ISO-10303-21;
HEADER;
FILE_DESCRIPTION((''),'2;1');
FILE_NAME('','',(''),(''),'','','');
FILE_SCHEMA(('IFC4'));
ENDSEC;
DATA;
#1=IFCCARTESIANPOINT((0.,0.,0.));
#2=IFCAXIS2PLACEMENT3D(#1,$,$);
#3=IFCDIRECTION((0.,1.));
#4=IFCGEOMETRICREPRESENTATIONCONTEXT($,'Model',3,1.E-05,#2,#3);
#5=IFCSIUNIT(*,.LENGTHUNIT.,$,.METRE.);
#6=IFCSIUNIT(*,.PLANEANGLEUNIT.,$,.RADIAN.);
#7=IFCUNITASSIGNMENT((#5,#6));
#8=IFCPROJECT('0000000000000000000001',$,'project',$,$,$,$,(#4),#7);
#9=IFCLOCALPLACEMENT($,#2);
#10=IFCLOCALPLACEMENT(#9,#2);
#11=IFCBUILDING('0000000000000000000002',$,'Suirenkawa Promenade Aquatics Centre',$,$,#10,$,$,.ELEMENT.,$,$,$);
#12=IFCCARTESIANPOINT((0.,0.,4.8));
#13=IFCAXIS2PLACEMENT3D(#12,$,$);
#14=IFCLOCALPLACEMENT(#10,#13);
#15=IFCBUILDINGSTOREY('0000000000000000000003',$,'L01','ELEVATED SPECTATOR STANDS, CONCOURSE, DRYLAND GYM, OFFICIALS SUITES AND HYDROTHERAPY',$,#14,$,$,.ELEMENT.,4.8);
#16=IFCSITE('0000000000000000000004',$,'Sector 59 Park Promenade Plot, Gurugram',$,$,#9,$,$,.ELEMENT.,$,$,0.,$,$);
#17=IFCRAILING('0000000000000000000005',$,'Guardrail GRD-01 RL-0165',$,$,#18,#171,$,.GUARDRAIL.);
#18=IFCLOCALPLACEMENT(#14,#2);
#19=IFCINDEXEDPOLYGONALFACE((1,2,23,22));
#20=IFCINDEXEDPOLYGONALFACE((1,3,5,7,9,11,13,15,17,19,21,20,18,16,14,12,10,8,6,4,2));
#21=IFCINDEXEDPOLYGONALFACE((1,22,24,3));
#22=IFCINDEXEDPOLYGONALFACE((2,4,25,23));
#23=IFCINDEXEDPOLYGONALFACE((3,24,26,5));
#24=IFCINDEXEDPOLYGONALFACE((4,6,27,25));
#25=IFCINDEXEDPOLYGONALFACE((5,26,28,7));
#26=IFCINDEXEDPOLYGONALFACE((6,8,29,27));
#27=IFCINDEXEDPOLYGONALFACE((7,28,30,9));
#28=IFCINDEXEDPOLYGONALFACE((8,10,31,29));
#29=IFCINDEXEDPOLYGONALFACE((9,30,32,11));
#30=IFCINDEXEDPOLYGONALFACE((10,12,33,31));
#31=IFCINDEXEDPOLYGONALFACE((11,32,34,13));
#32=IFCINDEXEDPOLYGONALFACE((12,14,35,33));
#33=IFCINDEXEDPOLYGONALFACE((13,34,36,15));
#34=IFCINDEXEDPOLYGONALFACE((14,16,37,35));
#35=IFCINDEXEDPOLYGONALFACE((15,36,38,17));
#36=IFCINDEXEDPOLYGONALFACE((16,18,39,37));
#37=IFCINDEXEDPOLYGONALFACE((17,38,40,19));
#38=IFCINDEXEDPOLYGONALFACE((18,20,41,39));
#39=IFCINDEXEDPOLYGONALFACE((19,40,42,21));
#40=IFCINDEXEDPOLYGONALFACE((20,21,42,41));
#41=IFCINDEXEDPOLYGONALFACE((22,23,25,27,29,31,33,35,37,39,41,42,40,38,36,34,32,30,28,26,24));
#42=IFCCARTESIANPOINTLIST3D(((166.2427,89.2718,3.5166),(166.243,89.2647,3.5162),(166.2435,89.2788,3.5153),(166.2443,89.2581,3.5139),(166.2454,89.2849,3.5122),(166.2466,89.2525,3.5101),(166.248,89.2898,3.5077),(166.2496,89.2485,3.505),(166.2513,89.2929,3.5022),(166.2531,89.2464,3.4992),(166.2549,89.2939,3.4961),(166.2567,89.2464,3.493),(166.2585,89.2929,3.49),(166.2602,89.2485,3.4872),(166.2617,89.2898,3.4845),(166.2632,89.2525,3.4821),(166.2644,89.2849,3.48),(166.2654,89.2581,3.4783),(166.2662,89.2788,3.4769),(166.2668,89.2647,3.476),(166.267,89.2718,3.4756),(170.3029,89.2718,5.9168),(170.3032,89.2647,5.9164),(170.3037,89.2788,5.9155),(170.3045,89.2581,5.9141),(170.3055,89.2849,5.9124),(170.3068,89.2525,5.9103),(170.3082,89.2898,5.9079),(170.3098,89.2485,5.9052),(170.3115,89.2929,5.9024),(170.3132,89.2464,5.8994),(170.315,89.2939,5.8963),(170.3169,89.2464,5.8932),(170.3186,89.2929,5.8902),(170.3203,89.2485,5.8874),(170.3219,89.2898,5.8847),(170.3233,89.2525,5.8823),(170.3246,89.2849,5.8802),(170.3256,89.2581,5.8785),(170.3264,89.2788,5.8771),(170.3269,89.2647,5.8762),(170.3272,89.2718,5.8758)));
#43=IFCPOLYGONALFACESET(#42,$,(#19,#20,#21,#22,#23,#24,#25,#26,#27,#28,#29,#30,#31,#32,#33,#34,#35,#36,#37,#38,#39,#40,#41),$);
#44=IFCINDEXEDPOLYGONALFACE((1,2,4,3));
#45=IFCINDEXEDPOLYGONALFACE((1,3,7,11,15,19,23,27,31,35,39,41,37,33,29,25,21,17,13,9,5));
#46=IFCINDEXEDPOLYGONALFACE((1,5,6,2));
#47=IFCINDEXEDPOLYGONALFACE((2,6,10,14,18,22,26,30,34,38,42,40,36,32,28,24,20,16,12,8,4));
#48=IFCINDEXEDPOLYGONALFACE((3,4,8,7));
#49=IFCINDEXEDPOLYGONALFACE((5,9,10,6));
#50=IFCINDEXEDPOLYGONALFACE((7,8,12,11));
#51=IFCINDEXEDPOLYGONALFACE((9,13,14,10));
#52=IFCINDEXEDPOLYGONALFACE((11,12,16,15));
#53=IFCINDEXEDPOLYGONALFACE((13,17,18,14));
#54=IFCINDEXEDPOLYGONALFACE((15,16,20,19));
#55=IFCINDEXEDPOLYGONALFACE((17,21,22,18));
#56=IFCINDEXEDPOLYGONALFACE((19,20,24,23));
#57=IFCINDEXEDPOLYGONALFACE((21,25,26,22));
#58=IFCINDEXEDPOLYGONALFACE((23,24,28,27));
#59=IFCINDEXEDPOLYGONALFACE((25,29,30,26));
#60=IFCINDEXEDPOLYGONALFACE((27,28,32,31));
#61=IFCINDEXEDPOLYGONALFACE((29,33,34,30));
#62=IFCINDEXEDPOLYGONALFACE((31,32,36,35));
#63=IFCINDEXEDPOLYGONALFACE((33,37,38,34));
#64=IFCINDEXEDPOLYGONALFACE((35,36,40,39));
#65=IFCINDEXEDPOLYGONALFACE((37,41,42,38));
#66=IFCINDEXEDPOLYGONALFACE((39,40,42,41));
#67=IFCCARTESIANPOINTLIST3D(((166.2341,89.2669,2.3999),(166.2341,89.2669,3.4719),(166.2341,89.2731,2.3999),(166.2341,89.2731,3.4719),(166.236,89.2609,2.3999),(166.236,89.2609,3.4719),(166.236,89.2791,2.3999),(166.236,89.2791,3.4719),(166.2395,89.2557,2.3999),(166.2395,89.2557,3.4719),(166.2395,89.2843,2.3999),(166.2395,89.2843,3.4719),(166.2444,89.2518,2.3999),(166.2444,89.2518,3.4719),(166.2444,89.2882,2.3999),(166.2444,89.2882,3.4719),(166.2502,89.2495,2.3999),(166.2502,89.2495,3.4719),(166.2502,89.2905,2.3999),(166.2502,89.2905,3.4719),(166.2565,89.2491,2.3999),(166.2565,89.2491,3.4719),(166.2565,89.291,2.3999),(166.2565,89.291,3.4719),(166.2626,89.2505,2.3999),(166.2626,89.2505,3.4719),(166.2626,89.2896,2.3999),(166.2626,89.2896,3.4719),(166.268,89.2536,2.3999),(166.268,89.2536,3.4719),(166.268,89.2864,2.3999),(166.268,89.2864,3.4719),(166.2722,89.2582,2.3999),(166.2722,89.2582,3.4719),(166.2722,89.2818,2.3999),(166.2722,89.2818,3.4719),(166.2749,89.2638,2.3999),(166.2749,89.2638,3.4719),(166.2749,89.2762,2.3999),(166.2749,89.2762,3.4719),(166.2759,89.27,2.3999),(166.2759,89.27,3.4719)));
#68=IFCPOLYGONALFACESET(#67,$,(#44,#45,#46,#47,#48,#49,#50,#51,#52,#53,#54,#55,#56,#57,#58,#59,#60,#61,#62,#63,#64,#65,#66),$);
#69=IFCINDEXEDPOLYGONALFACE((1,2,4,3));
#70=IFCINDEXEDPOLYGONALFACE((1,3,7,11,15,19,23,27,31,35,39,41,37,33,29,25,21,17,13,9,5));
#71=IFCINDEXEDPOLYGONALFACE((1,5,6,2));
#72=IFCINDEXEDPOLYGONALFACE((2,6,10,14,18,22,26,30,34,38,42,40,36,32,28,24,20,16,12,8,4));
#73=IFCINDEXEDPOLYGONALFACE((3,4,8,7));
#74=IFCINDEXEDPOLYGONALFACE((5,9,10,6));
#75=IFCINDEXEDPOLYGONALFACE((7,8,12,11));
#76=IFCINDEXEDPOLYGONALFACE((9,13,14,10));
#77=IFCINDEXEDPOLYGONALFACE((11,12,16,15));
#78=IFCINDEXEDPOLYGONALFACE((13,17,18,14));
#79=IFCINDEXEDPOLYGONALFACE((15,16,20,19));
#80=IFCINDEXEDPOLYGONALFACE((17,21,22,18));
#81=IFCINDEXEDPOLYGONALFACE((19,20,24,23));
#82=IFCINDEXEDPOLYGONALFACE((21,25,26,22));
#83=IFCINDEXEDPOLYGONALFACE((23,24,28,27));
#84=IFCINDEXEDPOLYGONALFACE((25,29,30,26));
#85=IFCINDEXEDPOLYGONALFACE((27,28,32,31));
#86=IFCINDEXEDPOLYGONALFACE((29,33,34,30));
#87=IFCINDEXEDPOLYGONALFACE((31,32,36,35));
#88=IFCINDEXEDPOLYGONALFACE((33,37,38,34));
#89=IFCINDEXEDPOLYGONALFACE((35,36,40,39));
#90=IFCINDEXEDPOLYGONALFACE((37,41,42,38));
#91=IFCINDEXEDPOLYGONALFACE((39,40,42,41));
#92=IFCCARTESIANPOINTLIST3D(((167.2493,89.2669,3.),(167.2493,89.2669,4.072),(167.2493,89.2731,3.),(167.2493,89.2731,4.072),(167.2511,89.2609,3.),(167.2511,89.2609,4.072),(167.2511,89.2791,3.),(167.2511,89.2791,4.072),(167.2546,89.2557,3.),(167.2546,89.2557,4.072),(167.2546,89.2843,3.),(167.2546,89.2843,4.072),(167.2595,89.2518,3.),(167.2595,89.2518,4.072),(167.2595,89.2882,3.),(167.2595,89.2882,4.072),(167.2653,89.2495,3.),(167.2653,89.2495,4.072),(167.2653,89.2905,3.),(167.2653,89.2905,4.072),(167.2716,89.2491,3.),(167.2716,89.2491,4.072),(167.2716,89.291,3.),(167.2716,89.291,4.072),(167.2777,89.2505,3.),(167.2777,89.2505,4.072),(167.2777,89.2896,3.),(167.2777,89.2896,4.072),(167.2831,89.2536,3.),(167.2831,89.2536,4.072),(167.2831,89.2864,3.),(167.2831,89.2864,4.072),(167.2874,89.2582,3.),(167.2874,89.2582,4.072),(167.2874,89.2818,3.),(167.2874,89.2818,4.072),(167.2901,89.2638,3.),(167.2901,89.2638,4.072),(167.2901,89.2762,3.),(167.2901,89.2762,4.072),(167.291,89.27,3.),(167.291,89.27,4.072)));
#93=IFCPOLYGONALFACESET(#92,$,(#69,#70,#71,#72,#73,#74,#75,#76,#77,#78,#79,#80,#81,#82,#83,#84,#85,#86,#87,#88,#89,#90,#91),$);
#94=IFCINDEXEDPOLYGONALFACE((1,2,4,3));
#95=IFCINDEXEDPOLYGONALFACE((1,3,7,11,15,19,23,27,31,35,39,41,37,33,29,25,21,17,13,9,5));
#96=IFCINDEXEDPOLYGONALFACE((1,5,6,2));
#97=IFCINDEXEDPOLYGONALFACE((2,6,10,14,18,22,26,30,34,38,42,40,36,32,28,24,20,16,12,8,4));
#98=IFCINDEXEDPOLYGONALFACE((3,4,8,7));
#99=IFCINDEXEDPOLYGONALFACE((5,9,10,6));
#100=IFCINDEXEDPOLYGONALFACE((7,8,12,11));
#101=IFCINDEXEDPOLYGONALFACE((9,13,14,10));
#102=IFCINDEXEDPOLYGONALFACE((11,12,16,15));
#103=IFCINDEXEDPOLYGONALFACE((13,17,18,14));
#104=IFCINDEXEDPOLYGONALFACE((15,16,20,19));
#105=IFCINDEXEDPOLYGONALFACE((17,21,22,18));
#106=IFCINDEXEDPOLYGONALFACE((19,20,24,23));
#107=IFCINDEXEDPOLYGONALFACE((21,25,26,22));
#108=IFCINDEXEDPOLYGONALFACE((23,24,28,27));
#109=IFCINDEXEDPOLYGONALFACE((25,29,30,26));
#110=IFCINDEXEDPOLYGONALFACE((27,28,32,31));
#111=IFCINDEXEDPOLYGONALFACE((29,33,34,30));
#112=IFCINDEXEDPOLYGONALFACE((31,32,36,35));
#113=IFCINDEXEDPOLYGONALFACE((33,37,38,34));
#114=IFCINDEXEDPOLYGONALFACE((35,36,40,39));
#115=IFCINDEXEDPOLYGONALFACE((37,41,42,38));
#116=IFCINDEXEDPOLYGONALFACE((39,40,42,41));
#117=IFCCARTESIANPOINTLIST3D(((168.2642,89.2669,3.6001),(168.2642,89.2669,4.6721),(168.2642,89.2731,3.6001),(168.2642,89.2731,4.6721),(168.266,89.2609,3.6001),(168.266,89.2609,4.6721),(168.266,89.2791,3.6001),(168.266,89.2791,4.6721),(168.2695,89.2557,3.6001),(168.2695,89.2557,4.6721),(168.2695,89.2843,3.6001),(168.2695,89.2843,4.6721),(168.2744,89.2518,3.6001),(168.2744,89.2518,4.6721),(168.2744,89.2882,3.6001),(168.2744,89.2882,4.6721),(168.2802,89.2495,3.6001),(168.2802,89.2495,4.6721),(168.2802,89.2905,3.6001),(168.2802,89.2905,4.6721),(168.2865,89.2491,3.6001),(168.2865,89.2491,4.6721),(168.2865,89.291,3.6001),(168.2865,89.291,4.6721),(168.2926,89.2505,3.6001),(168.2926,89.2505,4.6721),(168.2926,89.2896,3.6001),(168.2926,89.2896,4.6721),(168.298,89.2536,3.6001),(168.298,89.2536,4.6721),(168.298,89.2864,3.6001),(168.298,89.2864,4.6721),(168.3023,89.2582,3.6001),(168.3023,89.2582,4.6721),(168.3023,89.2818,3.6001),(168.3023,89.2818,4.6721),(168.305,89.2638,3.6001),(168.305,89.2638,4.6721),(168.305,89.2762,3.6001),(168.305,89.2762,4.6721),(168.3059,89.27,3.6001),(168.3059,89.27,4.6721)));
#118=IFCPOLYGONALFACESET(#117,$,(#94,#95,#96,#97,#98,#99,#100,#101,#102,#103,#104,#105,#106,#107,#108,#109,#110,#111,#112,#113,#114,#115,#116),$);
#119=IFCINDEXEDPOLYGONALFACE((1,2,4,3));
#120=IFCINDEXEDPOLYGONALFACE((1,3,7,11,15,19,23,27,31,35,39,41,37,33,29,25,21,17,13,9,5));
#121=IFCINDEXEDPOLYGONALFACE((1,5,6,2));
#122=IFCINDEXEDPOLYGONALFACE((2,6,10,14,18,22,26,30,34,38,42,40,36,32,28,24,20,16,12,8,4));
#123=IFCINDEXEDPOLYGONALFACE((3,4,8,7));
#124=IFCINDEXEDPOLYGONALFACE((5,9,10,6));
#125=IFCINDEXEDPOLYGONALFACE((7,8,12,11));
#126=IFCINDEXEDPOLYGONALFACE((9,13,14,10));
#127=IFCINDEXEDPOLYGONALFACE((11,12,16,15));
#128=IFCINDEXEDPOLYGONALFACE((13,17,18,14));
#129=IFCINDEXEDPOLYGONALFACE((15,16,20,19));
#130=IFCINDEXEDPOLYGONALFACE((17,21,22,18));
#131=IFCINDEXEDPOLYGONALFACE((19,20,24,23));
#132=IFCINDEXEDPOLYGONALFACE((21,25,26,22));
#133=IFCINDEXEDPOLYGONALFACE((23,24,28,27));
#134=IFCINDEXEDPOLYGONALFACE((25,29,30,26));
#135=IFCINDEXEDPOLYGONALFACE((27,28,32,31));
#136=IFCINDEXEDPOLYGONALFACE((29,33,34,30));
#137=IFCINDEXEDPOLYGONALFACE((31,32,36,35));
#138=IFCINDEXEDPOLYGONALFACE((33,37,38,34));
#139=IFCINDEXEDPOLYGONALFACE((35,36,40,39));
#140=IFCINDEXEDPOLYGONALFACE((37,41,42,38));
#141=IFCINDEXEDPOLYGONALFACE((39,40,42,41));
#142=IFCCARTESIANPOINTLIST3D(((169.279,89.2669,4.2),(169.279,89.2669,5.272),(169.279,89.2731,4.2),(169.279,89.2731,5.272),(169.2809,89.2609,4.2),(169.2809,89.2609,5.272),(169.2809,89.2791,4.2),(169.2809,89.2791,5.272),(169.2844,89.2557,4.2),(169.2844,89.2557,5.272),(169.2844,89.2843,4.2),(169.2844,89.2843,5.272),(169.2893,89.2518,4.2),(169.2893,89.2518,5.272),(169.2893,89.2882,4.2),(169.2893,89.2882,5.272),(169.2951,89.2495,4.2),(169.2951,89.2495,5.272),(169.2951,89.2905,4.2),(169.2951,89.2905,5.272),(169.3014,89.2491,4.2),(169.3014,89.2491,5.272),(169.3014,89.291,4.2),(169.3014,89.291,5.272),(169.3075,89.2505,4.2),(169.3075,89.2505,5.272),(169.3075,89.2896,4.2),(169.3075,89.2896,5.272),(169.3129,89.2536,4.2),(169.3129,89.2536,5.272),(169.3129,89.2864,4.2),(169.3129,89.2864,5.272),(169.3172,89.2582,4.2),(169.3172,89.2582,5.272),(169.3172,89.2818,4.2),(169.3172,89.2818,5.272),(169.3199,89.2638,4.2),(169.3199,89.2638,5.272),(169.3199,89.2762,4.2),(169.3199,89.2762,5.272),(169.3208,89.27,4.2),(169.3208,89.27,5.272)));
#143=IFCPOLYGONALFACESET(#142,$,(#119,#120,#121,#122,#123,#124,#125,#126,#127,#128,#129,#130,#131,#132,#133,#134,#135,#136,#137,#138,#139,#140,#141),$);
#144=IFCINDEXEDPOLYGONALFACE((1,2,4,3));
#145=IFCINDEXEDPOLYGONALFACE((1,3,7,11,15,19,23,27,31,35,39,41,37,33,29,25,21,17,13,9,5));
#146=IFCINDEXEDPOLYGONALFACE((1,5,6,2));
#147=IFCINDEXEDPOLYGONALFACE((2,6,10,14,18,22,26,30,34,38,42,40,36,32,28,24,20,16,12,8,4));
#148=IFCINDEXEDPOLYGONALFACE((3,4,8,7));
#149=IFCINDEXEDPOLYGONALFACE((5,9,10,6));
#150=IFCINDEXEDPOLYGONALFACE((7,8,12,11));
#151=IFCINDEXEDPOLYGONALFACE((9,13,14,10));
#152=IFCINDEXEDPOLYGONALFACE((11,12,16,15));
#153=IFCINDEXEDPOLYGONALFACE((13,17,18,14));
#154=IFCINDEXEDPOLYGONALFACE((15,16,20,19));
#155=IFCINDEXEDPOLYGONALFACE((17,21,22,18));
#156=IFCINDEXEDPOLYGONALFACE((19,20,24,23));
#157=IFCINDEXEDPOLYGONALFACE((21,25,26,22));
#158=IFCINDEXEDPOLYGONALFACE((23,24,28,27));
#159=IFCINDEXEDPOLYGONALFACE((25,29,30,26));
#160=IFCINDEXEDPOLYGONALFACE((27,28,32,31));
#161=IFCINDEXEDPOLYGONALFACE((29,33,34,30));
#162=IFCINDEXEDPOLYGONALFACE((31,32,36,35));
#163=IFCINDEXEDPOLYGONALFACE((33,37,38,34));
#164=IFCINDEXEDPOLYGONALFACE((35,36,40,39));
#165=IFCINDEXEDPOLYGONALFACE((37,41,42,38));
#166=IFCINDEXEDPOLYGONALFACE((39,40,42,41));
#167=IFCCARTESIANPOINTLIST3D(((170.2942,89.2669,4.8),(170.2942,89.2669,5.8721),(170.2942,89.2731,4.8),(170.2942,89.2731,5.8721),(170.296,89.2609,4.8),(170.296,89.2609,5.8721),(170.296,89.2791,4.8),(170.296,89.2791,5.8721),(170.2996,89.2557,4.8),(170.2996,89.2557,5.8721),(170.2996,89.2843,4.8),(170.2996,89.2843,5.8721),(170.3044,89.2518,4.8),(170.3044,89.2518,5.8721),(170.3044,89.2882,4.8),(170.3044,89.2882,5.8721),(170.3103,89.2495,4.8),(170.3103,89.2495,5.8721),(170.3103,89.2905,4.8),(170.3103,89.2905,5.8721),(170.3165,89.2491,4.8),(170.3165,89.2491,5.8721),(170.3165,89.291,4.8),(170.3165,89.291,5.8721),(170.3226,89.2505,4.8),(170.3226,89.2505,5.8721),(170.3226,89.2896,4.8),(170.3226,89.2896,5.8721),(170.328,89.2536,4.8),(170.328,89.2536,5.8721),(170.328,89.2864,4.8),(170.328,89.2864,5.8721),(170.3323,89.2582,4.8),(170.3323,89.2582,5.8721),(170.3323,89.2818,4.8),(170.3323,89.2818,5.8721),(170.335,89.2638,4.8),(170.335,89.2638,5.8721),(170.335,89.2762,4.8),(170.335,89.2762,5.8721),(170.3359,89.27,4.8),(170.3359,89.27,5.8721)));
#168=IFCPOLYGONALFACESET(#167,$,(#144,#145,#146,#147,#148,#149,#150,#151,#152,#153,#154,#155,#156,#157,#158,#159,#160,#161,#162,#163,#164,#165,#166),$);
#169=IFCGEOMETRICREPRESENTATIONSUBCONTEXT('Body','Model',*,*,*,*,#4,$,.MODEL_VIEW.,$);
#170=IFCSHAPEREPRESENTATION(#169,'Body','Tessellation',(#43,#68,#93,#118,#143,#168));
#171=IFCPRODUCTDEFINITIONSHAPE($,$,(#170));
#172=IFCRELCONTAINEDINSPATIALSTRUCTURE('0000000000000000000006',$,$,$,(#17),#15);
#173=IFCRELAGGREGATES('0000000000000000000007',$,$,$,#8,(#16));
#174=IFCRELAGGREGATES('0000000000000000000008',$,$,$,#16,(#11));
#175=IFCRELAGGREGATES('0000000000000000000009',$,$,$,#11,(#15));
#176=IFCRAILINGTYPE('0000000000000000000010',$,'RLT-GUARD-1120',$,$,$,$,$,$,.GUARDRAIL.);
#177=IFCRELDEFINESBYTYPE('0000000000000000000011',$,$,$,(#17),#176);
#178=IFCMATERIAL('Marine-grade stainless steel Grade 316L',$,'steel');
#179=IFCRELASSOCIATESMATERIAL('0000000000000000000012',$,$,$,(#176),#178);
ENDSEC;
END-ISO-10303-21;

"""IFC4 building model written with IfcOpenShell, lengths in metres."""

from ifc_helpers import new_model, si_unit, direction, frame, origin, origin_2d, place, context, subcontext, project, spatial, circle, extrude, material, type_object, element, save


model = new_model("IFC4")

# Units and contexts
model_context = context("Model", 3, precision=1e-05, world=origin(), true_north=direction((0.0, 1.0)))
body_context = subcontext(model_context, "Body", "Model", "MODEL_VIEW")
ifc_project = project(units=[si_unit("LENGTHUNIT", "METRE"), si_unit("PLANEANGLEUNIT", "RADIAN")], contexts=[model_context])

# Site, building, storey
site_placement = place(None, origin())
site = spatial("IfcSite", under=ifc_project, at=site_placement, Name="Sector 59 Park Promenade Plot, Gurugram", CompositionType="ELEMENT", RefElevation=0.0)
building_placement = place(site_placement, origin())
building = spatial("IfcBuilding", under=site, at=building_placement, Name="Suirenkawa Promenade Aquatics Centre", CompositionType="ELEMENT")
storey_placement = place(building_placement, frame((0.0, 0.0, 4.8)))
storey = spatial("IfcBuildingStorey", under=building, at=storey_placement, Name="L01", Description="ELEVATED SPECTATOR STANDS, CONCOURSE, DRYLAND GYM, OFFICIALS SUITES AND HYDROTHERAPY", CompositionType="ELEMENT", Elevation=4.8)

# Railing
ifc_material_1 = material(Name="Marine-grade stainless steel Grade 316L", Category="steel")
railing_type_1 = type_object("IfcRailingType", Name="RLT-GUARD-1120", PredefinedType="GUARDRAIL", material=ifc_material_1)
for number, where, name in (
    (1, (166.2549, 89.27, 2.3999), "Guardrail GRD-01 RL-0165"),
):
    element("IfcRailing", number, at=place(storey_placement, frame(where)), inside=storey, type_object=railing_type_1, Name=name, PredefinedType="GUARDRAIL", context=body_context, shape_type="SweptSolid", body=[
        extrude(circle(Radius=0.0239, at=origin_2d()), frame((0.0, 0.0, 1.0962), z_axis=(0.860832, 0.0, 0.50889), x_axis=(0.0, 1.0, 0.0)), (0.0, 0.0, 1.0), 4.7166),
        extrude(circle(Radius=0.021, at=origin_2d()), origin(), (0.0, 0.0, 1.0), 1.072),
        extrude(circle(Radius=0.021, at=origin_2d()), frame((1.0151, 0.0, 0.6001)), (0.0, 0.0, 1.0), 1.072),
        extrude(circle(Radius=0.021, at=origin_2d()), frame((2.03, 0.0, 1.2002)), (0.0, 0.0, 1.0), 1.072),
        extrude(circle(Radius=0.021, at=origin_2d()), frame((3.0449, 0.0, 1.8)), (0.0, 0.0, 1.0), 1.072),
        extrude(circle(Radius=0.021, at=origin_2d()), frame((4.0601, 0.0, 2.4001)), (0.0, 0.0, 1.0), 1.072),
    ])

save(model, "model.ifc")
